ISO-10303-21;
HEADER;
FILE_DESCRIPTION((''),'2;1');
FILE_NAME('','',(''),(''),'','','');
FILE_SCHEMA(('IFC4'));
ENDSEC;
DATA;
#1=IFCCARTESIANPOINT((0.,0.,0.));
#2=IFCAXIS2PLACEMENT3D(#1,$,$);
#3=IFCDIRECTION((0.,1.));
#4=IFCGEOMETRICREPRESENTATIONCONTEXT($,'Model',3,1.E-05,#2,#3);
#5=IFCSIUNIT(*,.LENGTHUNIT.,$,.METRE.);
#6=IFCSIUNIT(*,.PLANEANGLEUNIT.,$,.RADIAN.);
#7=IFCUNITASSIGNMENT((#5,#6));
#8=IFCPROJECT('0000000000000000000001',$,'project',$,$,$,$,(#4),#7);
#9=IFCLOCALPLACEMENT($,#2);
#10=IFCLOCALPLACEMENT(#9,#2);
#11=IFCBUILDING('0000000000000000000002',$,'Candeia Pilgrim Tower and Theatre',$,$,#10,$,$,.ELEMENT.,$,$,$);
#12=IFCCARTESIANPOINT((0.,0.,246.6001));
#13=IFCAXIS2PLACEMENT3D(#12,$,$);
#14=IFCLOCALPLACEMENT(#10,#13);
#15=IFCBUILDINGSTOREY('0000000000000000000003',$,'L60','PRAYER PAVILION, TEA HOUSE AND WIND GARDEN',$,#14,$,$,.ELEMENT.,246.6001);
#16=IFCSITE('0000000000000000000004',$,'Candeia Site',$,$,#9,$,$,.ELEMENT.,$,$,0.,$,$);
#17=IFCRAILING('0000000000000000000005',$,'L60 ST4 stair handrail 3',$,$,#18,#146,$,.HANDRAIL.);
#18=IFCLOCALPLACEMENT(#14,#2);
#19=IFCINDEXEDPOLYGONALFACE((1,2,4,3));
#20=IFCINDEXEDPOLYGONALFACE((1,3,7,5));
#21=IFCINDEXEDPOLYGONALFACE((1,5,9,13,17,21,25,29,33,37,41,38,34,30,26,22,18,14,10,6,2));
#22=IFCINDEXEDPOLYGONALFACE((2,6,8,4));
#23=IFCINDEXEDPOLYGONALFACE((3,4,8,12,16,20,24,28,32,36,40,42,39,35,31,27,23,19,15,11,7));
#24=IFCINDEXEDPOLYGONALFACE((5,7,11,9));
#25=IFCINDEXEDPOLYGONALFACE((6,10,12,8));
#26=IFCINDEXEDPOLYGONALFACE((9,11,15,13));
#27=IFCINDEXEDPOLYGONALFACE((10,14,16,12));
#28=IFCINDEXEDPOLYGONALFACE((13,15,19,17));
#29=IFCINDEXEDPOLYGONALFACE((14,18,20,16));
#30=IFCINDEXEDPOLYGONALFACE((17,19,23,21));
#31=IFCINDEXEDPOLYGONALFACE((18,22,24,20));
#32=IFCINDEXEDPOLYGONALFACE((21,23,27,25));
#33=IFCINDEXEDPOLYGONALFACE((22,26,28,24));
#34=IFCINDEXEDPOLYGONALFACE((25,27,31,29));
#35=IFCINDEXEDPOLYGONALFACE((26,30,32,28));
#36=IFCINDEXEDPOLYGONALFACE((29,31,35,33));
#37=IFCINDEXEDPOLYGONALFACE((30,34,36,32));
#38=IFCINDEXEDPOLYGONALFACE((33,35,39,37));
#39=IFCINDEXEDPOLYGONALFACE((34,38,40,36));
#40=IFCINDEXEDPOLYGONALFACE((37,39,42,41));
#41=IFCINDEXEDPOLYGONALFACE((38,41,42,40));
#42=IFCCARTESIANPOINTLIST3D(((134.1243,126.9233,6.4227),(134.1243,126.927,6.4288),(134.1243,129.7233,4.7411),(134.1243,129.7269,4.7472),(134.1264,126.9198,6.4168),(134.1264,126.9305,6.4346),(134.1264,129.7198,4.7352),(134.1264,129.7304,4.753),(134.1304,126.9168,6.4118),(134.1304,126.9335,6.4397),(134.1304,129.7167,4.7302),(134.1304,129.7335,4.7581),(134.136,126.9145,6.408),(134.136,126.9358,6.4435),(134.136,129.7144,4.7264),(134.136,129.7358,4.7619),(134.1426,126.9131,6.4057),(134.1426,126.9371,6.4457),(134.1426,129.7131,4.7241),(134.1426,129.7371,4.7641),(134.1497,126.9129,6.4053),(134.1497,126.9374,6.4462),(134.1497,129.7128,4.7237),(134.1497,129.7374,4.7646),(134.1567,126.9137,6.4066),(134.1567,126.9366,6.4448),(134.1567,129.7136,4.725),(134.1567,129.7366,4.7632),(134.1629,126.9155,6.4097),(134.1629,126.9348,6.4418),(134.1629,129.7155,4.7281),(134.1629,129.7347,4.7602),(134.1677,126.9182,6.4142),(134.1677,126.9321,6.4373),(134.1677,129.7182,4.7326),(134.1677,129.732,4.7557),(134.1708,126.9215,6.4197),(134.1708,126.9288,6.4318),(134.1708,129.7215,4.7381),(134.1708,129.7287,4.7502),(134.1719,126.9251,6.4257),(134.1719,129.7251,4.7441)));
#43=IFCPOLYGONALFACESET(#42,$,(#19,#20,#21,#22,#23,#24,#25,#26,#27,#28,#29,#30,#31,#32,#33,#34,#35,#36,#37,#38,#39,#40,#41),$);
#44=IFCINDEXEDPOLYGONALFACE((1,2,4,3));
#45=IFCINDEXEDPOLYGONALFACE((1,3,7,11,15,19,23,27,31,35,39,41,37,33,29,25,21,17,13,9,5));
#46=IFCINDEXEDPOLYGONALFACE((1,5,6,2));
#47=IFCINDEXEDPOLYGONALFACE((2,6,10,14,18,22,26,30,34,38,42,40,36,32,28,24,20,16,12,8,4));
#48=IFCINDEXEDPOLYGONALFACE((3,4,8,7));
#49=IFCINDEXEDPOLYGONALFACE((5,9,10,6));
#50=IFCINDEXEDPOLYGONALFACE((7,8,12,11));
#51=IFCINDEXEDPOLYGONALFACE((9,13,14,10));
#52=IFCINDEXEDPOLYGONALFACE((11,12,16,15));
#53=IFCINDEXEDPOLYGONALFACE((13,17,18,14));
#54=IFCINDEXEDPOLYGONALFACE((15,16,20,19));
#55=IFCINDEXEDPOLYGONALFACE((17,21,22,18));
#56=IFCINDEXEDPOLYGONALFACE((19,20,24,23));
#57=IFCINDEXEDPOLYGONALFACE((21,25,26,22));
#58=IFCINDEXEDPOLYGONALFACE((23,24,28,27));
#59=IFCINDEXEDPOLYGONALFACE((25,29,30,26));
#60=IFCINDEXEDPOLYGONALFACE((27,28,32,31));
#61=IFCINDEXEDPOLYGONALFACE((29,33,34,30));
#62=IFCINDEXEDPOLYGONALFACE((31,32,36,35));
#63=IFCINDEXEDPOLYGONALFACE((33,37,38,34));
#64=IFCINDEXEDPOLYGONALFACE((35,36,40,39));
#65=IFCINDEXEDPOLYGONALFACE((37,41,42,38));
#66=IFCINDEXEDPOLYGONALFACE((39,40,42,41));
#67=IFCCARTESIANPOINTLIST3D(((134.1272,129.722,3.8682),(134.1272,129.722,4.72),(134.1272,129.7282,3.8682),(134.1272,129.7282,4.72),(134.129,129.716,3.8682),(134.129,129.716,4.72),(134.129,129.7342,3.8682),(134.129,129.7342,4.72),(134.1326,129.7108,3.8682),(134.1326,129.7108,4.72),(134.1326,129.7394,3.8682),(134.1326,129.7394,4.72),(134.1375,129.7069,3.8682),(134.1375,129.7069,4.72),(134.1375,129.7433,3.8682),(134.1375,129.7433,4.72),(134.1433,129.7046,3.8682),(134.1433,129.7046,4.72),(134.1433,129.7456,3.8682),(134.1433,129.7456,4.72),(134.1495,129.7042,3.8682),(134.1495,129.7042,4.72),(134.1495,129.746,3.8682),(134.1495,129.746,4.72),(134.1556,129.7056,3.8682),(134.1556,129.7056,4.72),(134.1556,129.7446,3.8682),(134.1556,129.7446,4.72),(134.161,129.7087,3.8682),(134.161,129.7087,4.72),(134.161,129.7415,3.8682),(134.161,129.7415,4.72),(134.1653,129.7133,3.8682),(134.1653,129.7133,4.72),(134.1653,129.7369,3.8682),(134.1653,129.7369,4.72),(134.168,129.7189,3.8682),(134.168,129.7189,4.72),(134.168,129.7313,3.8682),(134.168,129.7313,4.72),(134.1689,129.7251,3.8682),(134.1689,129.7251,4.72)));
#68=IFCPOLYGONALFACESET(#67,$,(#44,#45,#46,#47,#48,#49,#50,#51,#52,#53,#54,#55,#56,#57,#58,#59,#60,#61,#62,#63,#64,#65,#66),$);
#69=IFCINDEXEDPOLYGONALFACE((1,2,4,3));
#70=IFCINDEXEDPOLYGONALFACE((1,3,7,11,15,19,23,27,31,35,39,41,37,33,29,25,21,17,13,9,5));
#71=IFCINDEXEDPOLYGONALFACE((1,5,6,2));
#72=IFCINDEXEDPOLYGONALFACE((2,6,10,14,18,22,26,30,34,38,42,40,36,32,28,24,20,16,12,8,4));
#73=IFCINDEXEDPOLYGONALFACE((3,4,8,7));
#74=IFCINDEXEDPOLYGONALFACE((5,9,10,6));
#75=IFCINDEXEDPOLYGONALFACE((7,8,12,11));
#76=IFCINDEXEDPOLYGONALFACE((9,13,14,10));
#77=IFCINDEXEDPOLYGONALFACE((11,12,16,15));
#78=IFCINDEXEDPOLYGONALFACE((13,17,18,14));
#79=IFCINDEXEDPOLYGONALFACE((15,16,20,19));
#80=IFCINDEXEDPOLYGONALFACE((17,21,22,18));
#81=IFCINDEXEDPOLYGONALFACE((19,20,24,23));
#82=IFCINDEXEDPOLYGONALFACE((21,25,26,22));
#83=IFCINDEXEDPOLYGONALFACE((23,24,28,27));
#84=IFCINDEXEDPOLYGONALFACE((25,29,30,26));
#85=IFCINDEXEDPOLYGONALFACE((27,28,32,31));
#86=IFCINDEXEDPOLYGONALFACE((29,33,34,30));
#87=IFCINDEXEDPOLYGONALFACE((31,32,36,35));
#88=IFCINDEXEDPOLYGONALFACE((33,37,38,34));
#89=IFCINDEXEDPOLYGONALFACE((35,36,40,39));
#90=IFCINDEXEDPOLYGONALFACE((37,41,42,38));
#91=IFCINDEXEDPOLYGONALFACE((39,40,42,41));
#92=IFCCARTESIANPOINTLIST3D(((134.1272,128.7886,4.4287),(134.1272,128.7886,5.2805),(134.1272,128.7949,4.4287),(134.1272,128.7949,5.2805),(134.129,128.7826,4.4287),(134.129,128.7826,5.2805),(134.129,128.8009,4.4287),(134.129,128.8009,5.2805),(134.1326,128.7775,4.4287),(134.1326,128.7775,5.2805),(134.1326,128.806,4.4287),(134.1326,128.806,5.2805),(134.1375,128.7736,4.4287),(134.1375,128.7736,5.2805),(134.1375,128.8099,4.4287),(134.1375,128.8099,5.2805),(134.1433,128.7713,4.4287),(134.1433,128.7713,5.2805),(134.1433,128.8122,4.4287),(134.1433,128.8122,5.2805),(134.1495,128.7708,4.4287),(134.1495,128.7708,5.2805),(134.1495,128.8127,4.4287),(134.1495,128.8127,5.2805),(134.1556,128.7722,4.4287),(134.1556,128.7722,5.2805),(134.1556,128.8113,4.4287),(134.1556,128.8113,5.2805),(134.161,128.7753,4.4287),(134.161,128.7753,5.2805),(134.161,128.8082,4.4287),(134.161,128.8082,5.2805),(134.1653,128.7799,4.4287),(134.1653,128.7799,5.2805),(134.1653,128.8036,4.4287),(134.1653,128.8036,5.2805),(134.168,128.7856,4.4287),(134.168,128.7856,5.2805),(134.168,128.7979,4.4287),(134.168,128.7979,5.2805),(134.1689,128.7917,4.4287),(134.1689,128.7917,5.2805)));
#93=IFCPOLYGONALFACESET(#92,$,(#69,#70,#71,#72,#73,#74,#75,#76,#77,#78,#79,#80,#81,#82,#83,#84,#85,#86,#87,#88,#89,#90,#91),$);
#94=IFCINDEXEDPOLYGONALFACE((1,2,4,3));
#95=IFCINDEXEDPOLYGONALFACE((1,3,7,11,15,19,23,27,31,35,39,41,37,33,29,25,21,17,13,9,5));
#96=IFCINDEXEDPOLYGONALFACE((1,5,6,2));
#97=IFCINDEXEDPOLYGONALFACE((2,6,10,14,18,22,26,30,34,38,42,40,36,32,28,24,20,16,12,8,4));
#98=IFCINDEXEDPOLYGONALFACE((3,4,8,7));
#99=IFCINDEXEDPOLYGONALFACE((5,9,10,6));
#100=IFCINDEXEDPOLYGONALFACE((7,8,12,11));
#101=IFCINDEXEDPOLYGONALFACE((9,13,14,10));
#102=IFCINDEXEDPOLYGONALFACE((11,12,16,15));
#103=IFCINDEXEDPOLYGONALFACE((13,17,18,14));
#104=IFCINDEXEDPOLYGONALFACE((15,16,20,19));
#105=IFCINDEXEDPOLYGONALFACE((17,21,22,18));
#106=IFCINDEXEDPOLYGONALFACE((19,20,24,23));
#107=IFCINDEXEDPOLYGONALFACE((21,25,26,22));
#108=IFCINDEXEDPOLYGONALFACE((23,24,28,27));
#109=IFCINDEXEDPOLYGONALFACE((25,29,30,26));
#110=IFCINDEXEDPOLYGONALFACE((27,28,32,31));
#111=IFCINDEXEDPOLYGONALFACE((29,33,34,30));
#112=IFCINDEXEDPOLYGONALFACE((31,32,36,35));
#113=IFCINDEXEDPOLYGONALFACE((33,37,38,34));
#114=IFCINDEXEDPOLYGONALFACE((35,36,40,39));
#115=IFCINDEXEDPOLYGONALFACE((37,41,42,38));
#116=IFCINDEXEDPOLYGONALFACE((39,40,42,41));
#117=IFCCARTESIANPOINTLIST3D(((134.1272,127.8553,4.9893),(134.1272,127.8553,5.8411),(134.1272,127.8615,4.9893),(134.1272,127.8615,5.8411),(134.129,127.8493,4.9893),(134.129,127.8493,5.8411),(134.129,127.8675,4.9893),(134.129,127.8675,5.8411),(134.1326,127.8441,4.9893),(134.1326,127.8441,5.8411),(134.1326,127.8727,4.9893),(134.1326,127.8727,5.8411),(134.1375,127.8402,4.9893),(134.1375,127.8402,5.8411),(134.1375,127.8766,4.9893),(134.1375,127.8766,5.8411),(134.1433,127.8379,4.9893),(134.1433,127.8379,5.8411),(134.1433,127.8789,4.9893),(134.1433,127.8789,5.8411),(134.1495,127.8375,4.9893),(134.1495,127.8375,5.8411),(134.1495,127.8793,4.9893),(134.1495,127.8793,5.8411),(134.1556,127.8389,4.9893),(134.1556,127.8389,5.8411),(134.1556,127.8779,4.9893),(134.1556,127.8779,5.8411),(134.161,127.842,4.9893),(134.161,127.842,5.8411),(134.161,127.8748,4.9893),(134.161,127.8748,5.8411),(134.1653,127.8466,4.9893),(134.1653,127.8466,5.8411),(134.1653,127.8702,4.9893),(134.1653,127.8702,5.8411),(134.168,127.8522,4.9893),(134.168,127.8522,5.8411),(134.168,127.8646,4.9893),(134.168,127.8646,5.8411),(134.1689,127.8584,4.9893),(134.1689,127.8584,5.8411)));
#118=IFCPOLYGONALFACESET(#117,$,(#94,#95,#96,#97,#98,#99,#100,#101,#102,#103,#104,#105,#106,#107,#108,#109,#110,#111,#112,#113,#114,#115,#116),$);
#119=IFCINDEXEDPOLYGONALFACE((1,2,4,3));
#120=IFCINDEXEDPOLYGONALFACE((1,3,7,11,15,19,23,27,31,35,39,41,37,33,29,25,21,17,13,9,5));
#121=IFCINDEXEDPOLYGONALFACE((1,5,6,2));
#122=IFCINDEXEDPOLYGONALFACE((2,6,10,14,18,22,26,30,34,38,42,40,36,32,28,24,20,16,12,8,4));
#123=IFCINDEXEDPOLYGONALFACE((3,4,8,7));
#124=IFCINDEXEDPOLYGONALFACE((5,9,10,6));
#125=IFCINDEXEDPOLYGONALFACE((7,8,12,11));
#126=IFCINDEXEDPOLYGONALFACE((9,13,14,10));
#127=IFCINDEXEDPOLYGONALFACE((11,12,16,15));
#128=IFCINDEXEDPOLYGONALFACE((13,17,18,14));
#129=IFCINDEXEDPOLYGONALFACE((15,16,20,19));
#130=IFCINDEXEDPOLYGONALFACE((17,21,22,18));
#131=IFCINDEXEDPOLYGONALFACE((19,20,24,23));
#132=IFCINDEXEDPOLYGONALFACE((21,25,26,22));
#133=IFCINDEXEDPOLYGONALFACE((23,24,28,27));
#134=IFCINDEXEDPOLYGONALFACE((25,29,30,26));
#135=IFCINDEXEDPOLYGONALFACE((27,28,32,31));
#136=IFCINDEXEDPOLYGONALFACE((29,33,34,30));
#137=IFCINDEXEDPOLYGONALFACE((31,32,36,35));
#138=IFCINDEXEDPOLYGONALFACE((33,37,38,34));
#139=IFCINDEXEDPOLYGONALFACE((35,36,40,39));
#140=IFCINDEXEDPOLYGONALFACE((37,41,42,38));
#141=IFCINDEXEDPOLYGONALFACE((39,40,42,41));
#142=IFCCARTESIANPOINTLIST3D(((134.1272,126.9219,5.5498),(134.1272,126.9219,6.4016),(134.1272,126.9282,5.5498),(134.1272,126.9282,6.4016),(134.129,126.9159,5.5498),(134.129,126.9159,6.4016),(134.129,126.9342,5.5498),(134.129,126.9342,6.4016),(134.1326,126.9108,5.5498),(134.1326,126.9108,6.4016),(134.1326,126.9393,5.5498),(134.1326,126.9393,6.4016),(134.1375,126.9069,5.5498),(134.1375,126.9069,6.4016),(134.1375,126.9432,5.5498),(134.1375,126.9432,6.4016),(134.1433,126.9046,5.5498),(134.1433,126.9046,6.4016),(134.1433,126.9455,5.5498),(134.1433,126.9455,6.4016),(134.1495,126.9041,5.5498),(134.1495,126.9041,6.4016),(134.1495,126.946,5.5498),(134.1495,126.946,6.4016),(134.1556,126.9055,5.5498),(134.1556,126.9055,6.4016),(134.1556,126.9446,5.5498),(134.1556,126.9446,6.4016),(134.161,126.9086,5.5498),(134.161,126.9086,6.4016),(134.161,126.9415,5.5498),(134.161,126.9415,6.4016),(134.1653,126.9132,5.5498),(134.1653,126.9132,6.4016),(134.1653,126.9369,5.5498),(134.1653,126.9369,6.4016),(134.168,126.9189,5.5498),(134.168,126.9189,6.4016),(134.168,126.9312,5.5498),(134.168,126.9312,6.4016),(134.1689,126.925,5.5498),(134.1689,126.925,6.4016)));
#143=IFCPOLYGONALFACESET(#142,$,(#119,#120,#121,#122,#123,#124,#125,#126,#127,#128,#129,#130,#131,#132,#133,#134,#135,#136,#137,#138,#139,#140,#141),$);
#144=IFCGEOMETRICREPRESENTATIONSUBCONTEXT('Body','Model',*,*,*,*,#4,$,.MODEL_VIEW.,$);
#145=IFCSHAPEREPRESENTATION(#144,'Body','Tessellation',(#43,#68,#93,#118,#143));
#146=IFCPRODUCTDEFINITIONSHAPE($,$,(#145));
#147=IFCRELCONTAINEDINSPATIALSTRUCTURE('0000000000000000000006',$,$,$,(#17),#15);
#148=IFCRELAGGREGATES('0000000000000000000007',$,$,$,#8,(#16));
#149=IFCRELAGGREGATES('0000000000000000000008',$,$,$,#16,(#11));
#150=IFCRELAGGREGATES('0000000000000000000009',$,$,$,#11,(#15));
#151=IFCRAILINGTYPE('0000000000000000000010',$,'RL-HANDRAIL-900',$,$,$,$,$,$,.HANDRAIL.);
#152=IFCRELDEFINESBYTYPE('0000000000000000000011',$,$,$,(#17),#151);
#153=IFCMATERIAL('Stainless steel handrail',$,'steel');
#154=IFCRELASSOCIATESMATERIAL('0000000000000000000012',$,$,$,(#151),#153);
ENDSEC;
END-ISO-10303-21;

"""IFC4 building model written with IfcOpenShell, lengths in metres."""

from ifc_helpers import new_model, si_unit, direction, frame, origin, origin_2d, place, context, subcontext, project, spatial, circle, extrude, material, type_object, element, save


model = new_model("IFC4")

# Units and contexts
model_context = context("Model", 3, precision=1e-05, world=origin(), true_north=direction((0.0, 1.0)))
body_context = subcontext(model_context, "Body", "Model", "MODEL_VIEW")
ifc_project = project(units=[si_unit("LENGTHUNIT", "METRE"), si_unit("PLANEANGLEUNIT", "RADIAN")], contexts=[model_context])

# Site, building, storey
site_placement = place(None, origin())
site = spatial("IfcSite", under=ifc_project, at=site_placement, Name="Candeia Site", CompositionType="ELEMENT", RefElevation=0.0)
building_placement = place(site_placement, origin())
building = spatial("IfcBuilding", under=site, at=building_placement, Name="Candeia Pilgrim Tower and Theatre", CompositionType="ELEMENT")
storey_placement = place(building_placement, frame((0.0, 0.0, 246.6001)))
storey = spatial("IfcBuildingStorey", under=building, at=storey_placement, Name="L60", Description="PRAYER PAVILION, TEA HOUSE AND WIND GARDEN", CompositionType="ELEMENT", Elevation=246.6001)

# Railing
ifc_material_1 = material(Name="Stainless steel handrail", Category="steel")
railing_type_1 = type_object("IfcRailingType", Name="RL-HANDRAIL-900", PredefinedType="HANDRAIL", material=ifc_material_1)
railing_1_placement = place(storey_placement, frame((134.1479, 129.7251, 3.8682)))
element("IfcRailing", 1, at=railing_1_placement, inside=storey, type_object=railing_type_1, Name="L60 ST4 stair handrail 3", PredefinedType="HANDRAIL", context=body_context, shape_type="SweptSolid", body=[
    extrude(circle(Radius=0.0239, at=origin_2d()), frame((0.0, 0.0, 0.876), z_axis=(0.0, -0.857275, 0.514858), x_axis=(1.0, 0.0, 0.0)), (0.0, 0.0, 1.0), 3.2661),
    extrude(circle(Radius=0.021, at=origin_2d()), origin(), (0.0, 0.0, 1.0), 0.8518),
    extrude(circle(Radius=0.021, at=origin_2d()), frame((0.0, -0.9333, 0.5605)), (0.0, 0.0, 1.0), 0.8518),
    extrude(circle(Radius=0.021, at=origin_2d()), frame((0.0, -1.8667, 1.1211)), (0.0, 0.0, 1.0), 0.8518),
    extrude(circle(Radius=0.021, at=origin_2d()), frame((0.0, -2.8, 1.6816)), (0.0, 0.0, 1.0), 0.8518),
])

save(model, "model.ifc")
